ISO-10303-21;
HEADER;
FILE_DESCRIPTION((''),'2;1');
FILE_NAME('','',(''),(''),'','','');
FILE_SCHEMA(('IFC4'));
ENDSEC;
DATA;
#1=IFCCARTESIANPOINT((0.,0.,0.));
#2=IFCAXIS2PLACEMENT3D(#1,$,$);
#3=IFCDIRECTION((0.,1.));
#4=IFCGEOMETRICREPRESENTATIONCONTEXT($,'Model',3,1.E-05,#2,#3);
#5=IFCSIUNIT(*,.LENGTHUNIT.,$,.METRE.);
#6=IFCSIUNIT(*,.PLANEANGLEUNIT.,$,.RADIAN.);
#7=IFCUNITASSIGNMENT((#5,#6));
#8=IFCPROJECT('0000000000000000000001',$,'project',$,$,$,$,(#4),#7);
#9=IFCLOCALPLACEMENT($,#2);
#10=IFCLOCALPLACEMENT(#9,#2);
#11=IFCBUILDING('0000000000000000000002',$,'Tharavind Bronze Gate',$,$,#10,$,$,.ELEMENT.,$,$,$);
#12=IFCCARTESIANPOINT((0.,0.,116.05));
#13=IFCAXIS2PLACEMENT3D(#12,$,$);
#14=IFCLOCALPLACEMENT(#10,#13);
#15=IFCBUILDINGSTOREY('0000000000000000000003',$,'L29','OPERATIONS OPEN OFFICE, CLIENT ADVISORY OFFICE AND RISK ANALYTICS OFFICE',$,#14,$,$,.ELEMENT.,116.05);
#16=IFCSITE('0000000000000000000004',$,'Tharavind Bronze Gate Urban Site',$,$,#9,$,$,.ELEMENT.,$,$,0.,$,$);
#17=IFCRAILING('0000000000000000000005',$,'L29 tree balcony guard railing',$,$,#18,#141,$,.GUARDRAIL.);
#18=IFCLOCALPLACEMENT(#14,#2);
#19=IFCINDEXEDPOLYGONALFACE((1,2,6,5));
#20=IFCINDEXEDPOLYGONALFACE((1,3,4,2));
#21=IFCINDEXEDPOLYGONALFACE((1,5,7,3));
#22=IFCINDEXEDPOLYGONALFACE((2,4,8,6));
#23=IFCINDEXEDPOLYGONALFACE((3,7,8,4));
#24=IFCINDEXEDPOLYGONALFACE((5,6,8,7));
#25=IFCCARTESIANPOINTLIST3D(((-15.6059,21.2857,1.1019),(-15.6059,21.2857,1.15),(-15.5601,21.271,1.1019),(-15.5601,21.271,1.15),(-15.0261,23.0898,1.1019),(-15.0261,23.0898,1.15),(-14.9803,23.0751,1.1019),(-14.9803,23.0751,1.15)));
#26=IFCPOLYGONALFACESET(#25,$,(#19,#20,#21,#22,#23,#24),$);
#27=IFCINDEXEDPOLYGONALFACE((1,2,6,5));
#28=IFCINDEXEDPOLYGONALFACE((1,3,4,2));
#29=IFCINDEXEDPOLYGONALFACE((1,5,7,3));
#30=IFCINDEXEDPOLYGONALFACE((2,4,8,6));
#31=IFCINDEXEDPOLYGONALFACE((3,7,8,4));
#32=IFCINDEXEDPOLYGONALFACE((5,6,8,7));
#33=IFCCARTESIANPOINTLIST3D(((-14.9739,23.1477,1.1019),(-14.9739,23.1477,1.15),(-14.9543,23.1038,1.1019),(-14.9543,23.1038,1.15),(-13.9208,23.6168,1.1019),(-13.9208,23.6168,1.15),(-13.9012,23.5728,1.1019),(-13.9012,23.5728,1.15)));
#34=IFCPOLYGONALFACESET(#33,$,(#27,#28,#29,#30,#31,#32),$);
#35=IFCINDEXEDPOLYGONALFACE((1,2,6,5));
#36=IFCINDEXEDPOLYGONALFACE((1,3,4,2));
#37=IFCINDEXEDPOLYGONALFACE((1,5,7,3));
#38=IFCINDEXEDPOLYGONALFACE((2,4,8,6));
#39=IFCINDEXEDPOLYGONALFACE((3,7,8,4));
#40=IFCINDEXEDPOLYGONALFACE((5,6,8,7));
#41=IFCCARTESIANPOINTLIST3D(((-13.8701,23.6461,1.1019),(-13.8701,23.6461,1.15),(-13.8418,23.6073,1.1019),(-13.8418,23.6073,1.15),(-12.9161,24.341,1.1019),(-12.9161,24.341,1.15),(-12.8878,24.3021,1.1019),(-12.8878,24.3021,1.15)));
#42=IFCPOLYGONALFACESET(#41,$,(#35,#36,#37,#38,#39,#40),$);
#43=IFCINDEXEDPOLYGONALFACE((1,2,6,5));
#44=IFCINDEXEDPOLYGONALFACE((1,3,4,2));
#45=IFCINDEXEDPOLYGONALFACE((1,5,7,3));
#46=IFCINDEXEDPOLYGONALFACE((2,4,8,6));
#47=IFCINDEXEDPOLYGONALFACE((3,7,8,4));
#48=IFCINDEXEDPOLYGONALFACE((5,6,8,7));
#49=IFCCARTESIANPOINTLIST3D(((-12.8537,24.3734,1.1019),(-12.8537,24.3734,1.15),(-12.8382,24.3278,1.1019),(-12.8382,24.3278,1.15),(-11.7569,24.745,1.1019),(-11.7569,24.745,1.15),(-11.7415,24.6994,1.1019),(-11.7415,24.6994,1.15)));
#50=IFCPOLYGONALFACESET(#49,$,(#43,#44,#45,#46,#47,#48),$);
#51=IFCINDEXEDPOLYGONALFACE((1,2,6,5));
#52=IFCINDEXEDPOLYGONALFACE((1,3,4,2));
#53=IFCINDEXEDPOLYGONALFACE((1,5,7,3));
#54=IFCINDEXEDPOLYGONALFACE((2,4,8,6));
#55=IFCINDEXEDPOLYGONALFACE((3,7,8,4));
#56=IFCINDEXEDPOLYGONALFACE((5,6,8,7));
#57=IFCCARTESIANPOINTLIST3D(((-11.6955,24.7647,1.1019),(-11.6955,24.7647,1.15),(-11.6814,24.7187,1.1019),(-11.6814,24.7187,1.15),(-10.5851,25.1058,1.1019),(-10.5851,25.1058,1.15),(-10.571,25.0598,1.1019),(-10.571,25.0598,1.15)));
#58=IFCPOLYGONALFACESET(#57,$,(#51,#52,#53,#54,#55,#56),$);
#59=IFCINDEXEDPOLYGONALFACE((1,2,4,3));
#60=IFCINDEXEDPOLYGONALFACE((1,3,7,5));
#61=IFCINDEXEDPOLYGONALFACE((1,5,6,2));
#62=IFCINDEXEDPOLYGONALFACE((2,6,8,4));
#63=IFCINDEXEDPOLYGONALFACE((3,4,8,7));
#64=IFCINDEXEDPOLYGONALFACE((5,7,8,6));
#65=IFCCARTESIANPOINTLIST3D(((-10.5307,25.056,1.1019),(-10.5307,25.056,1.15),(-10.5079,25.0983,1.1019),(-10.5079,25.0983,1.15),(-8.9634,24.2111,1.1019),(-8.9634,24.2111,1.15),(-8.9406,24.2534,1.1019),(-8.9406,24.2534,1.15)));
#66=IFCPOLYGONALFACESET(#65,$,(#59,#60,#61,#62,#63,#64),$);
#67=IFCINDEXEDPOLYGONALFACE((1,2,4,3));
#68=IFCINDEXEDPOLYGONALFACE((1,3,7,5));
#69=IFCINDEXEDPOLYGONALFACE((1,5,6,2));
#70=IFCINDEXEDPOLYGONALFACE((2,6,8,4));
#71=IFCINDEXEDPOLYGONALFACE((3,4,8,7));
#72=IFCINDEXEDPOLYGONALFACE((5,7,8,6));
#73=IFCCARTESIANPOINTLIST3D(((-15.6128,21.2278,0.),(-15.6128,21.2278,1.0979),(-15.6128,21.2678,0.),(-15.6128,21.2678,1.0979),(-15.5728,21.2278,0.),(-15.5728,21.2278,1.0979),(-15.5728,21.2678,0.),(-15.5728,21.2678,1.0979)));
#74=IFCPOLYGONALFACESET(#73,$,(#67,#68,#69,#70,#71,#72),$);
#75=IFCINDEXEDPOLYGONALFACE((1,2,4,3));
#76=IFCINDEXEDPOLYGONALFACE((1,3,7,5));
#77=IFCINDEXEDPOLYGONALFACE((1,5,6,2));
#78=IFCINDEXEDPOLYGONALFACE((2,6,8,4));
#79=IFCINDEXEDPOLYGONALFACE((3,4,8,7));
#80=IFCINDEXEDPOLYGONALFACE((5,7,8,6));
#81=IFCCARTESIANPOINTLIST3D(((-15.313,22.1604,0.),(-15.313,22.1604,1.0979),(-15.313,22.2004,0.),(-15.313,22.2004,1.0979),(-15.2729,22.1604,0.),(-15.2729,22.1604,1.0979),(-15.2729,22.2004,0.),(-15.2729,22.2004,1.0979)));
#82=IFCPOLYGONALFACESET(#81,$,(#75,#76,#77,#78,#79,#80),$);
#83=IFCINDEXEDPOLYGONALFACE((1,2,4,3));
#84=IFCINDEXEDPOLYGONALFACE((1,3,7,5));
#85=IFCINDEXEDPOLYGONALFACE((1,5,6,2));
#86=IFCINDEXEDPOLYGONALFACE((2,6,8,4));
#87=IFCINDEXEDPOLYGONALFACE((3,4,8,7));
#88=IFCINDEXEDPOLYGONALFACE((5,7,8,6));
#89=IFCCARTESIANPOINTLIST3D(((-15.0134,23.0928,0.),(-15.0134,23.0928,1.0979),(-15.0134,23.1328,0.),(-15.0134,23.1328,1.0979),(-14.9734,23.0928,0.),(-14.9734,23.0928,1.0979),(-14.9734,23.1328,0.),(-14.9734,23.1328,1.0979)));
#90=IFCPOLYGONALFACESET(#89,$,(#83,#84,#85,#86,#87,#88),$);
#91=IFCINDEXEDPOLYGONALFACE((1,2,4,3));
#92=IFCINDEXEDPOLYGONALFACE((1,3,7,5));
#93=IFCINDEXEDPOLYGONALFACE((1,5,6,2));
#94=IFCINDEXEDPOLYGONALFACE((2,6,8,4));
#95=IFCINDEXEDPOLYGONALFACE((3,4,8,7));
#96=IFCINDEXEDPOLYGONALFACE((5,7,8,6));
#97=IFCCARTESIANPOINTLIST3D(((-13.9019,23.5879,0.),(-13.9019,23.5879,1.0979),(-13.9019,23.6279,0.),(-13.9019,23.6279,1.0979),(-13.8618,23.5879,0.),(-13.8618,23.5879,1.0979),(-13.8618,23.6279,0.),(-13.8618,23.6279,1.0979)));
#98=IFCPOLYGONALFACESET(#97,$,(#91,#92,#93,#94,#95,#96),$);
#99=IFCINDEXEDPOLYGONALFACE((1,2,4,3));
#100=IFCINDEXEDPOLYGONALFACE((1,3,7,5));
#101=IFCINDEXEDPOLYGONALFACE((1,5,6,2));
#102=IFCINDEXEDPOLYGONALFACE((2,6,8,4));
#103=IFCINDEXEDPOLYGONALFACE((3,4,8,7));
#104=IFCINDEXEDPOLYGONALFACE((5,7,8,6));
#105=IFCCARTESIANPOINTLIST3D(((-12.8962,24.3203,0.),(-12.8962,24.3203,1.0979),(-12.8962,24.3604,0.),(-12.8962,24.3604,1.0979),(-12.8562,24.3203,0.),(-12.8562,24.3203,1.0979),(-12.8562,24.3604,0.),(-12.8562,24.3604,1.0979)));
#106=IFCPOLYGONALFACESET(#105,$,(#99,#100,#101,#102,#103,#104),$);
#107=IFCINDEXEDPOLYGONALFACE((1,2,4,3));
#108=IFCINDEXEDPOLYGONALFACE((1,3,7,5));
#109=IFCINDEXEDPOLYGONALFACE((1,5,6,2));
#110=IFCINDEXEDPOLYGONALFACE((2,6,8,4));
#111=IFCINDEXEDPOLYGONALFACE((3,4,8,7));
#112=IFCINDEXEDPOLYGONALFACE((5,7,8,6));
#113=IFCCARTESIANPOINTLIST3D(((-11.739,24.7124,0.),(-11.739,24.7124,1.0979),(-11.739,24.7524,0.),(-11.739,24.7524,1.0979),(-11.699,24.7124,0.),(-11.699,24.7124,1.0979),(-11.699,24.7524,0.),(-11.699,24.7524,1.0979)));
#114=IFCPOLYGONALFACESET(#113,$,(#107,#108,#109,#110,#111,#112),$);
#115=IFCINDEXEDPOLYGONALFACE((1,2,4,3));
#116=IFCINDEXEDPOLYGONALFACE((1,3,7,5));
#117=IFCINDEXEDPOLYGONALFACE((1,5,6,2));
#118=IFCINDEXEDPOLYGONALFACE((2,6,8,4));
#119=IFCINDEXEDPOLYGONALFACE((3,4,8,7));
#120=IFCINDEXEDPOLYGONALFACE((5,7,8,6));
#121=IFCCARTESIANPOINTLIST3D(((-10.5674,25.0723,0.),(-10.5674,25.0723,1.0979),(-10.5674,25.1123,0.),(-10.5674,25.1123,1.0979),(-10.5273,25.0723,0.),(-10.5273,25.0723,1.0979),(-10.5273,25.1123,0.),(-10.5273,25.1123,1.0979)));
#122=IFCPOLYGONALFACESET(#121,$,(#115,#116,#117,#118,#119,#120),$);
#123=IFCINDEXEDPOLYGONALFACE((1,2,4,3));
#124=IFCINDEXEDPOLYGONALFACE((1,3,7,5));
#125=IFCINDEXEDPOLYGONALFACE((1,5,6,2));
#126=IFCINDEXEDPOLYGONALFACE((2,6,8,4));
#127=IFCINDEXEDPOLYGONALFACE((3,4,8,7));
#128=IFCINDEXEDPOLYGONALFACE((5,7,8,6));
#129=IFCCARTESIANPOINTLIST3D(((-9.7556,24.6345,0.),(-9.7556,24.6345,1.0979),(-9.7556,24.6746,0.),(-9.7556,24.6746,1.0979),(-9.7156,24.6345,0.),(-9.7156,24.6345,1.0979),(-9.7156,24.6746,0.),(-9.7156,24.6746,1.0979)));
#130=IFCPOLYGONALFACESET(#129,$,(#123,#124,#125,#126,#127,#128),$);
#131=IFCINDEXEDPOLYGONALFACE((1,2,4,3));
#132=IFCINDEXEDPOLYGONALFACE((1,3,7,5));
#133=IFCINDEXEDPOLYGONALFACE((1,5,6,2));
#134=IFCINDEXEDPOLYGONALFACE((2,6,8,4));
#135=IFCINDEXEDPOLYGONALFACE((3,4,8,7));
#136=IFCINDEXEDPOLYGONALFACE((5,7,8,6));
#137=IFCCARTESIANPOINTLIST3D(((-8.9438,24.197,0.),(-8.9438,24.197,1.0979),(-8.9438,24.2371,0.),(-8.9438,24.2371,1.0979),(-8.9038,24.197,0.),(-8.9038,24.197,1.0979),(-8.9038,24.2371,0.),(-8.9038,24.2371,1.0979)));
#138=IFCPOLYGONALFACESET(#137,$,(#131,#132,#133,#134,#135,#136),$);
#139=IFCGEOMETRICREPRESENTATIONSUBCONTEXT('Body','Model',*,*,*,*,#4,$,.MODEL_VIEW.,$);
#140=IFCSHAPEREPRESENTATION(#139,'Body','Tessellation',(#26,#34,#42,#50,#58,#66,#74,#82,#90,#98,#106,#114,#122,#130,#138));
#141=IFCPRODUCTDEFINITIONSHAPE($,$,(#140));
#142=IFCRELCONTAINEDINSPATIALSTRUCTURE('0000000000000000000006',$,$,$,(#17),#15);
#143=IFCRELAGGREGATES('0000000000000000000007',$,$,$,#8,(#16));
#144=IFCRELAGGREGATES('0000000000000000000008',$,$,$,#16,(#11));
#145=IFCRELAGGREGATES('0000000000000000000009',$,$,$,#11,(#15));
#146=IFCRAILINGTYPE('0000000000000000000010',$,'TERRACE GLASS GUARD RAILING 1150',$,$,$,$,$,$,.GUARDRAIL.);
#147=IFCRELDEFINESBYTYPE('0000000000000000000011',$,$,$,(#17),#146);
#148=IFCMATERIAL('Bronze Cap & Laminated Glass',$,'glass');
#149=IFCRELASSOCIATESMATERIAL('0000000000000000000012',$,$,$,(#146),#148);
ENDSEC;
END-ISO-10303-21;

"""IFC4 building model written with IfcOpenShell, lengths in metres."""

from ifc_helpers import new_model, si_unit, direction, frame, origin, origin_2d, place, context, subcontext, project, spatial, rectangle, extrude, material, type_object, element, save


model = new_model("IFC4")

# Units and contexts
model_context = context("Model", 3, precision=1e-05, world=origin(), true_north=direction((0.0, 1.0)))
body_context = subcontext(model_context, "Body", "Model", "MODEL_VIEW")
ifc_project = project(units=[si_unit("LENGTHUNIT", "METRE"), si_unit("PLANEANGLEUNIT", "RADIAN")], contexts=[model_context])

# Site, building, storey
site_placement = place(None, origin())
site = spatial("IfcSite", under=ifc_project, at=site_placement, Name="Tharavind Bronze Gate Urban Site", CompositionType="ELEMENT", RefElevation=0.0)
building_placement = place(site_placement, origin())
building = spatial("IfcBuilding", under=site, at=building_placement, Name="Tharavind Bronze Gate", CompositionType="ELEMENT")
storey_placement = place(building_placement, frame((0.0, 0.0, 116.05)))
storey = spatial("IfcBuildingStorey", under=building, at=storey_placement, Name="L29", Description="OPERATIONS OPEN OFFICE, CLIENT ADVISORY OFFICE AND RISK ANALYTICS OFFICE", CompositionType="ELEMENT", Elevation=116.05)

# Railing
ifc_material_1 = material(Name="Bronze Cap & Laminated Glass", Category="glass")
railing_type = type_object("IfcRailingType", Name="TERRACE GLASS GUARD RAILING 1150", PredefinedType="GUARDRAIL", material=ifc_material_1)
railing_placement = place(storey_placement, frame((-15.5928, 21.2478, 0.0)))
element("IfcRailing", 1, at=railing_placement, inside=storey, type_object=railing_type, Name="L29 tree balcony guard railing", PredefinedType="GUARDRAIL", context=body_context, shape_type="SweptSolid", body=[
    extrude(rectangle(XDim=0.0481, YDim=0.0481, at=origin_2d()), frame((0.0098, 0.0305, 1.126), z_axis=(0.305965, 0.952043, 0.0), x_axis=(-0.952043, 0.305965, 0.0)), (0.0, 0.0, 1.0), 1.895),
    extrude(rectangle(XDim=0.0481, YDim=0.0481, at=origin_2d()), frame((0.6287, 1.8779, 1.126), z_axis=(0.91348, 0.406883, 0.0), x_axis=(-0.406883, 0.91348, 0.0)), (0.0, 0.0, 1.0), 1.1528),
    extrude(rectangle(XDim=0.0481, YDim=0.0481, at=origin_2d()), frame((1.7368, 2.3789, 1.126), z_axis=(0.808329, 0.588732, 0.0), x_axis=(-0.588732, 0.808329, 0.0)), (0.0, 0.0, 1.0), 1.1802),
    extrude(rectangle(XDim=0.0481, YDim=0.0481, at=origin_2d()), frame((2.7468, 3.1028, 1.126), z_axis=(0.947113, 0.3209, 0.0), x_axis=(-0.3209, 0.947113, 0.0)), (0.0, 0.0, 1.0), 1.158),
    extrude(rectangle(XDim=0.0481, YDim=0.0481, at=origin_2d()), frame((3.9043, 3.4939, 1.126), z_axis=(0.955925, 0.29361, 0.0), x_axis=(-0.29361, 0.955925, 0.0)), (0.0, 0.0, 1.0), 1.1616),
    extrude(rectangle(XDim=0.0481, YDim=0.0481, at=origin_2d()), frame((5.0735, 3.8293, 1.126), z_axis=(0.880237, -0.474534, 0.0), x_axis=(0.474534, 0.880237, 0.0)), (0.0, 0.0, 1.0), 1.7805),
    extrude(rectangle(XDim=0.04, YDim=0.04, at=origin_2d()), origin(), (0.0, 0.0, 1.0), 1.0979),
    extrude(rectangle(XDim=0.04, YDim=0.04, at=origin_2d()), frame((0.2998, 0.9326, 0.0)), (0.0, 0.0, 1.0), 1.0979),
    extrude(rectangle(XDim=0.04, YDim=0.04, at=origin_2d()), frame((0.5994, 1.865, 0.0)), (0.0, 0.0, 1.0), 1.0979),
    extrude(rectangle(XDim=0.04, YDim=0.04, at=origin_2d()), frame((1.7109, 2.3601, 0.0)), (0.0, 0.0, 1.0), 1.0979),
    extrude(rectangle(XDim=0.04, YDim=0.04, at=origin_2d()), frame((2.7166, 3.0925, 0.0)), (0.0, 0.0, 1.0), 1.0979),
    extrude(rectangle(XDim=0.04, YDim=0.04, at=origin_2d()), frame((3.8738, 3.4846, 0.0)), (0.0, 0.0, 1.0), 1.0979),
    extrude(rectangle(XDim=0.04, YDim=0.04, at=origin_2d()), frame((5.0454, 3.8445, 0.0)), (0.0, 0.0, 1.0), 1.0979),
    extrude(rectangle(XDim=0.04, YDim=0.04, at=origin_2d()), frame((5.8572, 3.4067, 0.0)), (0.0, 0.0, 1.0), 1.0979),
    extrude(rectangle(XDim=0.04, YDim=0.04, at=origin_2d()), frame((6.6689, 2.9692, 0.0)), (0.0, 0.0, 1.0), 1.0979),
])

save(model, "model.ifc")
